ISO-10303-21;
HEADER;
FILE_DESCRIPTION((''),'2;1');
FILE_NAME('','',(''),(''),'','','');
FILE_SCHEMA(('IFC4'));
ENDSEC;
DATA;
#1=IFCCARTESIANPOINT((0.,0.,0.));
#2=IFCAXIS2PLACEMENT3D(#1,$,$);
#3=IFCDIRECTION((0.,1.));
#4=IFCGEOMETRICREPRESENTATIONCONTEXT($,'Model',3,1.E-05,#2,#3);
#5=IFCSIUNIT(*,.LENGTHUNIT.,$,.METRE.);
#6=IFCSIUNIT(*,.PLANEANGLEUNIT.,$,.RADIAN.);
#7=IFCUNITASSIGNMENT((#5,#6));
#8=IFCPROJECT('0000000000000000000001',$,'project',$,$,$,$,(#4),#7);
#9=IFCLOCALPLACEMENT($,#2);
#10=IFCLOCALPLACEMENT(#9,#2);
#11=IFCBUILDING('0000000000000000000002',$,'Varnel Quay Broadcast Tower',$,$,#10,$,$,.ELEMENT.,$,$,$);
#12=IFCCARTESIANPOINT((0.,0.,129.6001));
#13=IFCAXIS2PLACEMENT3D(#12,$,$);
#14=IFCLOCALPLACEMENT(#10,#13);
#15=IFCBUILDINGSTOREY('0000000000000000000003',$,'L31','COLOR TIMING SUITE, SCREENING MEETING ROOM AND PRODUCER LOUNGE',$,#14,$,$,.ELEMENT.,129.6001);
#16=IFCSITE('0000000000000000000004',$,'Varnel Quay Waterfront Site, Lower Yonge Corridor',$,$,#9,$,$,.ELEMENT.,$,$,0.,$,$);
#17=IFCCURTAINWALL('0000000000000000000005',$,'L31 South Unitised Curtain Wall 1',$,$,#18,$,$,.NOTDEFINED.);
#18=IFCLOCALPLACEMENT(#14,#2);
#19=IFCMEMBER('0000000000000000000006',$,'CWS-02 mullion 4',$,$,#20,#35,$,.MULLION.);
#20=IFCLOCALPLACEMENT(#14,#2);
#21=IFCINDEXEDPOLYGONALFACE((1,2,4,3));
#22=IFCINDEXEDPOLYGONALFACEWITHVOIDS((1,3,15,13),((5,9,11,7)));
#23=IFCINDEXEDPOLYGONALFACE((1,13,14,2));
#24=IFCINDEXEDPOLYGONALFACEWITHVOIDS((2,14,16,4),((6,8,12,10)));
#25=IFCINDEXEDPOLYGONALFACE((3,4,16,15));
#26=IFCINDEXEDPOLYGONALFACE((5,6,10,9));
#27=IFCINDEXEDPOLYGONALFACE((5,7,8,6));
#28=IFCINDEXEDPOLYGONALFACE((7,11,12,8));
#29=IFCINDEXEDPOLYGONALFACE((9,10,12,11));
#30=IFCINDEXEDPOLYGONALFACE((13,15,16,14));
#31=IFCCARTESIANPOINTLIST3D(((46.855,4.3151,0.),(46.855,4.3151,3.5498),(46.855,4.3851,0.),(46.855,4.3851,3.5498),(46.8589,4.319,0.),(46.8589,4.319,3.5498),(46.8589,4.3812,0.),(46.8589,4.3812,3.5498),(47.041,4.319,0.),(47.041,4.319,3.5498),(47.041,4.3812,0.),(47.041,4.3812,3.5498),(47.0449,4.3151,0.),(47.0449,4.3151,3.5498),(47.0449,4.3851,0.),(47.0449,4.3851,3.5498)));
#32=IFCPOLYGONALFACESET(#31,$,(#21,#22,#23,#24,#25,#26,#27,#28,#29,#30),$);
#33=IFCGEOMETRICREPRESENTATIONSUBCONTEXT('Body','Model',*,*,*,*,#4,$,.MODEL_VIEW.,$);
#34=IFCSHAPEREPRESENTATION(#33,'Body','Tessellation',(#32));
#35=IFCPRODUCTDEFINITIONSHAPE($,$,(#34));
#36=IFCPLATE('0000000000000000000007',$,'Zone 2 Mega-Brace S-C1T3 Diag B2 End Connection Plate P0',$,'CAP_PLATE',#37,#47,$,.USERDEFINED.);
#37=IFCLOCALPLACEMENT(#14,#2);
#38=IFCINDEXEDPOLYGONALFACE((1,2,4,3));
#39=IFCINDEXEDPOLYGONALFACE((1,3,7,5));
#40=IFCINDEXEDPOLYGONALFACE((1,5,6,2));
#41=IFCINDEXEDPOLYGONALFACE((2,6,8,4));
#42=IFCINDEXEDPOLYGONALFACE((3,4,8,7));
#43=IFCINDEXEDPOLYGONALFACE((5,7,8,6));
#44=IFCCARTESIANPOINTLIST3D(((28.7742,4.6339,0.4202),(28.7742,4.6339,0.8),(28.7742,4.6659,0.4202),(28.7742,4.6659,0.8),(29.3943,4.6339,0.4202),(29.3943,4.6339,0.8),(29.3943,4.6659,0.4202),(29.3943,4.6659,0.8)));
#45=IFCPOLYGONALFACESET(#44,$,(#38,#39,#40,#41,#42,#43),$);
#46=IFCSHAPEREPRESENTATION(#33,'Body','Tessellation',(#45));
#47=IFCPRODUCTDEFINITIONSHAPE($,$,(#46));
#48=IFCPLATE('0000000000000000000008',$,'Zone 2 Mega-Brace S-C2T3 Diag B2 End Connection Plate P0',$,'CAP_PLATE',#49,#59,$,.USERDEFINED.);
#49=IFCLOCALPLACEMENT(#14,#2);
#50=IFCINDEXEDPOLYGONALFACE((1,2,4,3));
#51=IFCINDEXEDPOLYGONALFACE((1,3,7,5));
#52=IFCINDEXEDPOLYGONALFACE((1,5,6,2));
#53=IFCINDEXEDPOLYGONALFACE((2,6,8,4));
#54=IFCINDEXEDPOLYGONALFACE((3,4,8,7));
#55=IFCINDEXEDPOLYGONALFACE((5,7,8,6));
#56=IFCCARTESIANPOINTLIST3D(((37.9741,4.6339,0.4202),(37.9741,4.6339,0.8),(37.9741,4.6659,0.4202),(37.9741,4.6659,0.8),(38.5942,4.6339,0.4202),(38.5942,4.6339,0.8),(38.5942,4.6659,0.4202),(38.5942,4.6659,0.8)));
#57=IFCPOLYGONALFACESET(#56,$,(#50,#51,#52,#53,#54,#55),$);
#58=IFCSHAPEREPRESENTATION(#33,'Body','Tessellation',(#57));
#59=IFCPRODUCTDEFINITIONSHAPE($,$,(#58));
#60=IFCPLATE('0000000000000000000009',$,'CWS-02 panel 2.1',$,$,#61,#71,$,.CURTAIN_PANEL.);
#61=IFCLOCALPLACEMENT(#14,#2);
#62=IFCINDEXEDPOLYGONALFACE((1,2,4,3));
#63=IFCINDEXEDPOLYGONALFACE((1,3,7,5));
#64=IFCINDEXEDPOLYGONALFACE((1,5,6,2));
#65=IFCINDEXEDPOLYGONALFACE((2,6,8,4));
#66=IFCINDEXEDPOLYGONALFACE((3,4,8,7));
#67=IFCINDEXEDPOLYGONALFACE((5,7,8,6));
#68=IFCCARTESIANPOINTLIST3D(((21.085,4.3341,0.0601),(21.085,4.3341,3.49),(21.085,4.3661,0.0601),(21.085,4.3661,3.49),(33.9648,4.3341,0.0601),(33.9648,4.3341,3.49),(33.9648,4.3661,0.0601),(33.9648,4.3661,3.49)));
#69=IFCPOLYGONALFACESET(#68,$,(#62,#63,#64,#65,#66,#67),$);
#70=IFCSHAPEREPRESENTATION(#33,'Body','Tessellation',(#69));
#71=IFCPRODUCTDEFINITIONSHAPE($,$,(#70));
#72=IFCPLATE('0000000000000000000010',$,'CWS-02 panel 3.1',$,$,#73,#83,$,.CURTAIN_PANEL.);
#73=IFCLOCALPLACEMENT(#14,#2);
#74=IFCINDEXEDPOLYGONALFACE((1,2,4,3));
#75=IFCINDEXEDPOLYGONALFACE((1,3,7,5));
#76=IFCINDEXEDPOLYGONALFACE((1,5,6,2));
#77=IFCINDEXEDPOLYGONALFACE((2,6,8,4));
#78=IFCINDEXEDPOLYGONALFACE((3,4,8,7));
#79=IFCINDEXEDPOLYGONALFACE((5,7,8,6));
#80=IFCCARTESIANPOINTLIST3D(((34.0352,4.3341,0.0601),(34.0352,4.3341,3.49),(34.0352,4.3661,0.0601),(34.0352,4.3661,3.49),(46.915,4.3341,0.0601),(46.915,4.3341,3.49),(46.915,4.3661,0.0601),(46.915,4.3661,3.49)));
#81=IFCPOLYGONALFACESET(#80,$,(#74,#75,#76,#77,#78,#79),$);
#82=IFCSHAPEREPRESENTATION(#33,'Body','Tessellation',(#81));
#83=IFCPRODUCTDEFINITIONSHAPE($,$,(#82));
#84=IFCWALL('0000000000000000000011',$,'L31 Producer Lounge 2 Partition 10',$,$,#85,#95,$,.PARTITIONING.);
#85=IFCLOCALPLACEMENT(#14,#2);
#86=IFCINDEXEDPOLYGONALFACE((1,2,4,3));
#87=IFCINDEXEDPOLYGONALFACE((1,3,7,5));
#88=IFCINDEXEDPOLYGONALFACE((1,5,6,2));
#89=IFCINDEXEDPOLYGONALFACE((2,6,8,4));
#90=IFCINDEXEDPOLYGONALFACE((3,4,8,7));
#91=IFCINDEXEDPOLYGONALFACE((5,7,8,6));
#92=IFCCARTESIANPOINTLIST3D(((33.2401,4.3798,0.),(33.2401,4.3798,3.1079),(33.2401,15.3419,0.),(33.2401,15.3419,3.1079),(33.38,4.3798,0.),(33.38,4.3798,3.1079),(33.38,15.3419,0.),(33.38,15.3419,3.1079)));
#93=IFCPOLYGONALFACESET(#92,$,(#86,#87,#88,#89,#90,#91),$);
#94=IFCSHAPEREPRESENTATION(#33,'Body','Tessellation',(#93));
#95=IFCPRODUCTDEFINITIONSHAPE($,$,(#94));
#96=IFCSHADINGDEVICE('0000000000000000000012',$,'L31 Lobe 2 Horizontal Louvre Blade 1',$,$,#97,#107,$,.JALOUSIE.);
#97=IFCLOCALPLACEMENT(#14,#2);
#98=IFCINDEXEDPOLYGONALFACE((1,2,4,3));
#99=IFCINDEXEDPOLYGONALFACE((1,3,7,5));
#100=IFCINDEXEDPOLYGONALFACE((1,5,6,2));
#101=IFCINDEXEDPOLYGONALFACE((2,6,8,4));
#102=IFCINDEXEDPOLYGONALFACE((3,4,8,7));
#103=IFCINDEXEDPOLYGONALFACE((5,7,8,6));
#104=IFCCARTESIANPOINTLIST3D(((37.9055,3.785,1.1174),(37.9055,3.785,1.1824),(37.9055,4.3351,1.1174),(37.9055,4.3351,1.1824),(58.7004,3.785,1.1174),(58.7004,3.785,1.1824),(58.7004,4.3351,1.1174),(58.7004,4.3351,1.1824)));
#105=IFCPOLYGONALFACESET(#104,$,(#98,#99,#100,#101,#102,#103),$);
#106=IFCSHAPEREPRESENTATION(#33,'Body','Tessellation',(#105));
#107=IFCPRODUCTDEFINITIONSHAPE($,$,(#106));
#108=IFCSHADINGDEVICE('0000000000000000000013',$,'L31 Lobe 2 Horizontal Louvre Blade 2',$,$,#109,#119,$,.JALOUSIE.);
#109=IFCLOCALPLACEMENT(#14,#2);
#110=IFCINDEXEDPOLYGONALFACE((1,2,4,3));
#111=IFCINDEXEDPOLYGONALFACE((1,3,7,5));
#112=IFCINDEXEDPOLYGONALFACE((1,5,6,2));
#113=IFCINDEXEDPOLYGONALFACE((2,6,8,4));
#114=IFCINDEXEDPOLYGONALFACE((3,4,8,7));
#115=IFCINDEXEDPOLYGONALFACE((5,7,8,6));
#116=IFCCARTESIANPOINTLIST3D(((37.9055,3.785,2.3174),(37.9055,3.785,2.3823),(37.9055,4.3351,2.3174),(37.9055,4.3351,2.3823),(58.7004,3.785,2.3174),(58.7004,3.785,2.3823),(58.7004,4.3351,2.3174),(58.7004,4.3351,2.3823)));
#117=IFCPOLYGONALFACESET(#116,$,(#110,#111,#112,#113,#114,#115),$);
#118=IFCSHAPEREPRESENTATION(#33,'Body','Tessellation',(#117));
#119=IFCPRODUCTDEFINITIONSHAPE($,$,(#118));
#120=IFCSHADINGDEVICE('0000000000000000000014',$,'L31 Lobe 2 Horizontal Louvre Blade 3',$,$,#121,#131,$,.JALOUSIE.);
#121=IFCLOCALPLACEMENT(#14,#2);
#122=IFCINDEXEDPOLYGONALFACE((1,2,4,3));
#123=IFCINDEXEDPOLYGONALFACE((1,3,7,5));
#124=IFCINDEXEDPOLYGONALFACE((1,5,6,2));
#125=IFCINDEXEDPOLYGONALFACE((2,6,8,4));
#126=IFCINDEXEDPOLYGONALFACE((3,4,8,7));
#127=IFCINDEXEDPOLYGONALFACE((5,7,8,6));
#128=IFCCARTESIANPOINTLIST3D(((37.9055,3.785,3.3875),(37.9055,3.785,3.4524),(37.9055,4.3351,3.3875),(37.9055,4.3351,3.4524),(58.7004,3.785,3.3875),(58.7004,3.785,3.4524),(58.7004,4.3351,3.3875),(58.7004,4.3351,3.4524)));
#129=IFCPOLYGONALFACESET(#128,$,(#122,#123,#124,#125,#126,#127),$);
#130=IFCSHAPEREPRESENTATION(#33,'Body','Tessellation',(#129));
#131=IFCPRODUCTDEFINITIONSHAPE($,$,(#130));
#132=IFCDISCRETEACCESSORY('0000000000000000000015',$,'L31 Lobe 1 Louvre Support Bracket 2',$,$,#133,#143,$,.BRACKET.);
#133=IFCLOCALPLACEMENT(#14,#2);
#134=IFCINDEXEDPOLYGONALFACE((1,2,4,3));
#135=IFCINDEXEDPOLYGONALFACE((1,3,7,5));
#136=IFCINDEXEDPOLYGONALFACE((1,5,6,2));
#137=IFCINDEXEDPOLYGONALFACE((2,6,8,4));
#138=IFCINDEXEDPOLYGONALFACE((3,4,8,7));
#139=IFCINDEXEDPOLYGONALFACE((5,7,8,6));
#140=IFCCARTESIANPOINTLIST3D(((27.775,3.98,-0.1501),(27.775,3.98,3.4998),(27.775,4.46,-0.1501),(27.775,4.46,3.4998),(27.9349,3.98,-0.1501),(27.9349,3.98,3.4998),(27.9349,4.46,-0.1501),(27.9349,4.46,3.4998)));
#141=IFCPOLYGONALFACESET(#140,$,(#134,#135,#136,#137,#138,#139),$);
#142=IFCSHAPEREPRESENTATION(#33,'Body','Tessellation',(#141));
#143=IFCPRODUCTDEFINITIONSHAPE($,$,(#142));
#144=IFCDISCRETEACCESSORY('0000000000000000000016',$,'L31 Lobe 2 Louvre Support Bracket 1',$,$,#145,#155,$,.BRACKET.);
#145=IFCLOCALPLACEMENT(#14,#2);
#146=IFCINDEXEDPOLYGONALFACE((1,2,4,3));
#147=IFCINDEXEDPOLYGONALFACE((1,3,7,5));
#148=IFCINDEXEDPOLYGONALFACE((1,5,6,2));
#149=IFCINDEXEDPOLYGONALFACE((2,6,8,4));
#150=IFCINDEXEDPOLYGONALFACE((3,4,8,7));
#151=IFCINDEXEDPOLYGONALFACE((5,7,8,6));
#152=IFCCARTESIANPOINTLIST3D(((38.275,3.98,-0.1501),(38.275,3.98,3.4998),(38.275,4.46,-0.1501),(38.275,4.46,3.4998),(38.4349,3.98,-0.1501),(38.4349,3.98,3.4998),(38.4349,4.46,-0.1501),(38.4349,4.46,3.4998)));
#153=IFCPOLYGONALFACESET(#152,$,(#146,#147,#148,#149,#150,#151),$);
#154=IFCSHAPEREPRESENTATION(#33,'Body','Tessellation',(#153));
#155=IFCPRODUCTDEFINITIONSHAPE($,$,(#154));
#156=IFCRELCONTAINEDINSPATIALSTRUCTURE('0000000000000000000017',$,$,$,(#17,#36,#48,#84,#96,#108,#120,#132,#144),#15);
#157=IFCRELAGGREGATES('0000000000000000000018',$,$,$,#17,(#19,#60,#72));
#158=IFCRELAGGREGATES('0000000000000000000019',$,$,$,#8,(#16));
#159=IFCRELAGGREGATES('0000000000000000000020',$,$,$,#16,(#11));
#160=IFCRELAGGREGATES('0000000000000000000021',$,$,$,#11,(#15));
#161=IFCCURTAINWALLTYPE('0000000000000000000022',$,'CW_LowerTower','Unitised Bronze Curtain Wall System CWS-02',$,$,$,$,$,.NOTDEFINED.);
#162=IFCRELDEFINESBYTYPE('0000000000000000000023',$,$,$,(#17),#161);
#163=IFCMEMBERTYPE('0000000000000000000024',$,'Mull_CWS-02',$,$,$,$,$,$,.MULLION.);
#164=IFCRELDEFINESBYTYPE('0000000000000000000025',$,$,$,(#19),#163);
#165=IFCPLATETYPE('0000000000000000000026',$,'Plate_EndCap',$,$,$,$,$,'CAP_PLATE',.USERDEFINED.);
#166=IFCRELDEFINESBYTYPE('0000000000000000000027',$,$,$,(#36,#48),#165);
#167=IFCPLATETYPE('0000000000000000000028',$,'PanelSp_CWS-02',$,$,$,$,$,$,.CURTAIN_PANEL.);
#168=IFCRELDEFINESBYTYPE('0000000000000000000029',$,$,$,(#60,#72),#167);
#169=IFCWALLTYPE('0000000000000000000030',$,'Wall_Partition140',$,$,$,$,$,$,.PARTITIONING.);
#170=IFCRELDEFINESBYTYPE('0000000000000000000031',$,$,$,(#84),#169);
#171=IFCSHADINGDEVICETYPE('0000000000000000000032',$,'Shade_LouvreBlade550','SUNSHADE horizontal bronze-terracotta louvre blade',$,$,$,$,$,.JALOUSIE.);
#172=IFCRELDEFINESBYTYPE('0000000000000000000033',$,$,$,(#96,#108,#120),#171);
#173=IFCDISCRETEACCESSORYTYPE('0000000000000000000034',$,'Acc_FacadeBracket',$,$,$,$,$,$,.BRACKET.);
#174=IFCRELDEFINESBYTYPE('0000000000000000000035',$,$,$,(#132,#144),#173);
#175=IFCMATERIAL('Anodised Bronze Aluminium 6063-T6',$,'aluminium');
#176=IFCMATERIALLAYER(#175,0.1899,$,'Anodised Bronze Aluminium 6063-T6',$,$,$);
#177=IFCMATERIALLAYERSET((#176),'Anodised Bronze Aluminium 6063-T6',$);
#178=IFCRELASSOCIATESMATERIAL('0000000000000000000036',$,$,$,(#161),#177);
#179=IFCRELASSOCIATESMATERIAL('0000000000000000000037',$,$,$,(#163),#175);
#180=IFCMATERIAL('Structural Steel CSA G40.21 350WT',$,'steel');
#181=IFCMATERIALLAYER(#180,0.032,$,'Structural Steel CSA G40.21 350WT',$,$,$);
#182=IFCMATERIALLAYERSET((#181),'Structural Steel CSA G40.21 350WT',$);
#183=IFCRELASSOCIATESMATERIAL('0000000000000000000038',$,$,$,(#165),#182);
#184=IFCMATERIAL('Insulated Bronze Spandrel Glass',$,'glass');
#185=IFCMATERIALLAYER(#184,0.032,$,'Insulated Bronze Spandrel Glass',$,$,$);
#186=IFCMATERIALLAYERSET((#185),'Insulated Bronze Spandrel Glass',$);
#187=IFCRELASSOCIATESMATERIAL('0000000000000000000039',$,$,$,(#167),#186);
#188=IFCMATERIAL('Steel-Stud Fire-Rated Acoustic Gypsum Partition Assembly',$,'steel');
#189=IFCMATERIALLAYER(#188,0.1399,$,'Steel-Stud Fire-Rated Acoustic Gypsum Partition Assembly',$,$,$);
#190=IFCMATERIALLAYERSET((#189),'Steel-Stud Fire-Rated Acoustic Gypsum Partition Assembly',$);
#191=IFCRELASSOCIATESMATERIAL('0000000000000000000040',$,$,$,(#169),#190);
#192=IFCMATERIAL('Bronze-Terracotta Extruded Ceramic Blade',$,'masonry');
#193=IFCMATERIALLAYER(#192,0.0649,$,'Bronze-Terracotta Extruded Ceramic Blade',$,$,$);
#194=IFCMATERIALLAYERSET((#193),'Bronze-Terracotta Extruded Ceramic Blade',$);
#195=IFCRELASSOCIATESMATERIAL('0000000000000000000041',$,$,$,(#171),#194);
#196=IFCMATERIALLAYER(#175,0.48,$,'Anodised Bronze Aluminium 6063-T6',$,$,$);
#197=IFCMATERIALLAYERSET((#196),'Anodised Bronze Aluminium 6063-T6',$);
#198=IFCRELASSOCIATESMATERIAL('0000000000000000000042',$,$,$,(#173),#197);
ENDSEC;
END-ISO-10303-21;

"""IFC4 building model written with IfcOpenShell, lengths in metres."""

from ifc_helpers import new_model, si_unit, direction, frame, frame_2d, origin, origin_2d, place, context, subcontext, project, spatial, rectangle, hollow_rectangle, extrude, source, transform, mapped, material, layer, layer_set, material_profile, profile_set, type_object, type_shapes, element, aggregate, save


model = new_model("IFC4")

# Units and contexts
model_context = context("Model", 3, precision=1e-05, world=origin(), true_north=direction((0.0, 1.0)))
body_context = subcontext(model_context, "Body", "Model", "MODEL_VIEW")
ifc_project = project(units=[si_unit("LENGTHUNIT", "METRE"), si_unit("PLANEANGLEUNIT", "RADIAN")], contexts=[model_context])

# Site, building, storey
site_placement = place(None, origin())
site = spatial("IfcSite", under=ifc_project, at=site_placement, Name="Varnel Quay Waterfront Site, Lower Yonge Corridor", CompositionType="ELEMENT", RefElevation=0.0)
building_placement = place(site_placement, origin())
building = spatial("IfcBuilding", under=site, at=building_placement, Name="Varnel Quay Broadcast Tower", CompositionType="ELEMENT")
storey_placement = place(building_placement, frame((0.0, 0.0, 129.6001)))
storey = spatial("IfcBuildingStorey", under=building, at=storey_placement, Name="L31", Description="COLOR TIMING SUITE, SCREENING MEETING ROOM AND PRODUCER LOUNGE", CompositionType="ELEMENT", Elevation=129.6001)

# Curtain wall, member
ifc_material_1 = material(Name="Anodised Bronze Aluminium 6063-T6", Category="aluminium")
ifc_layer_1 = layer(ifc_material_1, 0.1899, Name="Anodised Bronze Aluminium 6063-T6")
ifc_layer_set_1 = layer_set([ifc_layer_1], Name="Anodised Bronze Aluminium 6063-T6")
curtain_wall_type = type_object("IfcCurtainWallType", Name="CW_LowerTower", Description="Unitised Bronze Curtain Wall System CWS-02", PredefinedType="NOTDEFINED", material=ifc_layer_set_1)
curtain_wall_placement = place(storey_placement, origin())
curtain_wall = element("IfcCurtainWall", 1, at=curtain_wall_placement, inside=storey, type_object=curtain_wall_type, Name="L31 South Unitised Curtain Wall 1", PredefinedType="NOTDEFINED")
ifc_material_profile_1 = material_profile(ifc_material_1, hollow_rectangle(XDim=0.0701, YDim=0.1899, WallThickness=0.0039, at=origin_2d()), Name="ALU70X190X4")
ifc_profile_set_1 = profile_set([ifc_material_profile_1], Name="Anodised Bronze Aluminium 6063-T6")
member_type_1 = type_object("IfcMemberType", Name="Mull_CWS-02", PredefinedType="MULLION", material=ifc_profile_set_1)
shared_shape_1 = source(origin(), body_context, "Body", "SweptSolid", [
    extrude(hollow_rectangle(XDim=0.0701, YDim=0.1899, WallThickness=0.0039, at=origin_2d()), origin(), (0.0, 0.0, 1.0), 3.5498),
])
type_shapes(member_type_1, [shared_shape_1])
member_1_placement = place(storey_placement, frame((46.95, 4.3501, 0.0), z_axis=(0.0, 0.0, 1.0), x_axis=(0.0, 1.0, 0.0)))
member_1 = element("IfcMember", 2, at=member_1_placement, type_object=member_type_1, Name="CWS-02 mullion 4", PredefinedType="MULLION", context=body_context, shape_type="MappedRepresentation", body=[
    mapped(shared_shape_1, transform((0.0, 0.0, 0.0), x_axis=(1.0, 0.0, 0.0), y_axis=(0.0, 1.0, 0.0), z_axis=(0.0, 0.0, 1.0), scale=1.0)),
])

# Plates
ifc_material_2 = material(Name="Structural Steel CSA G40.21 350WT", Category="steel")
ifc_layer_2 = layer(ifc_material_2, 0.032, Name="Structural Steel CSA G40.21 350WT")
ifc_layer_set_2 = layer_set([ifc_layer_2], Name="Structural Steel CSA G40.21 350WT")
plate_type_1 = type_object("IfcPlateType", Name="Plate_EndCap", ElementType="CAP_PLATE", PredefinedType="USERDEFINED", material=ifc_layer_set_2)
shared_shape_2 = source(origin(), body_context, "Body", "SweptSolid", [
    extrude(rectangle(XDim=0.6201, YDim=0.032, at=origin_2d()), origin(), (0.0, 0.0, 1.0), 0.3799),
])
type_shapes(plate_type_1, [shared_shape_2])
for number, where, z_axis, x_axis, name in (
    (3, (29.0842, 4.6499, 0.4202), (0.0, 0.0, 1.0), (1.0, 0.0, 0.0), "Zone 2 Mega-Brace S-C1T3 Diag B2 End Connection Plate P0"),
    (4, (38.2842, 4.6499, 0.4202), (0.0, 0.0, 1.0), (1.0, 0.0, 0.0), "Zone 2 Mega-Brace S-C2T3 Diag B2 End Connection Plate P0"),
):
    element("IfcPlate", number, at=place(storey_placement, frame(where, z_axis=z_axis, x_axis=x_axis)), inside=storey, type_object=plate_type_1, Name=name, ObjectType="CAP_PLATE", PredefinedType="USERDEFINED", context=body_context, shape_type="MappedRepresentation", body=[
        mapped(shared_shape_2, transform((0.0, 0.0, 0.0), x_axis=(1.0, 0.0, 0.0), y_axis=(0.0, 1.0, 0.0), z_axis=(0.0, 0.0, 1.0), scale=1.0)),
    ])

# Plates
ifc_material_3 = material(Name="Insulated Bronze Spandrel Glass", Category="glass")
ifc_layer_3 = layer(ifc_material_3, 0.032, Name="Insulated Bronze Spandrel Glass")
ifc_layer_set_3 = layer_set([ifc_layer_3], Name="Insulated Bronze Spandrel Glass")
plate_type_2 = type_object("IfcPlateType", Name="PanelSp_CWS-02", PredefinedType="CURTAIN_PANEL", material=ifc_layer_set_3)
shared_shape_3 = source(origin(), body_context, "Body", "SweptSolid", [
    extrude(rectangle(XDim=12.8799, YDim=0.032, at=origin_2d()), origin(), (0.0, 0.0, 1.0), 3.4299),
])
type_shapes(plate_type_2, [shared_shape_3])
plate_1_placement = place(storey_placement, frame((27.5249, 4.3501, 0.0601), z_axis=(0.0, 0.0, 1.0), x_axis=(1.0, 0.0, 0.0)))
plate_1 = element("IfcPlate", 5, at=plate_1_placement, type_object=plate_type_2, Name="CWS-02 panel 2.1", PredefinedType="CURTAIN_PANEL", context=body_context, shape_type="MappedRepresentation", body=[
    mapped(shared_shape_3, transform((0.0, 0.0, 0.0), x_axis=(1.0, 0.0, 0.0), y_axis=(0.0, 1.0, 0.0), z_axis=(0.0, 0.0, 1.0), scale=1.0)),
])
plate_2_placement = place(storey_placement, frame((40.4751, 4.3501, 0.0601), z_axis=(0.0, 0.0, 1.0), x_axis=(1.0, 0.0, 0.0)))
plate_2 = element("IfcPlate", 6, at=plate_2_placement, type_object=plate_type_2, Name="CWS-02 panel 3.1", PredefinedType="CURTAIN_PANEL", context=body_context, shape_type="MappedRepresentation", body=[
    mapped(shared_shape_3, transform((0.0, 0.0, 0.0), x_axis=(1.0, 0.0, 0.0), y_axis=(0.0, 1.0, 0.0), z_axis=(0.0, 0.0, 1.0), scale=1.0)),
])
aggregate(curtain_wall, [member_1, plate_1, plate_2])

# Wall
ifc_material_4 = material(Name="Steel-Stud Fire-Rated Acoustic Gypsum Partition Assembly", Category="steel")
ifc_layer_4 = layer(ifc_material_4, 0.1399, Name="Steel-Stud Fire-Rated Acoustic Gypsum Partition Assembly")
ifc_layer_set_4 = layer_set([ifc_layer_4], Name="Steel-Stud Fire-Rated Acoustic Gypsum Partition Assembly")
wall_type = type_object("IfcWallType", Name="Wall_Partition140", PredefinedType="PARTITIONING", material=ifc_layer_set_4)
wall_placement = place(storey_placement, frame((33.3101, 4.3799, 0.0), z_axis=(0.0, 0.0, 1.0), x_axis=(0.0, 1.0, 0.0)))
element("IfcWall", 7, at=wall_placement, inside=storey, type_object=wall_type, Name="L31 Producer Lounge 2 Partition 10", PredefinedType="PARTITIONING", context=body_context, shape_type="SweptSolid", body=[
    extrude(rectangle(XDim=10.9622, YDim=0.1399, at=frame_2d((5.481, 0.0))), origin(), (0.0, 0.0, 1.0), 3.1079),
])

# Shading devices
ifc_material_5 = material(Name="Bronze-Terracotta Extruded Ceramic Blade", Category="masonry")
ifc_layer_5 = layer(ifc_material_5, 0.0649, Name="Bronze-Terracotta Extruded Ceramic Blade")
ifc_layer_set_5 = layer_set([ifc_layer_5], Name="Bronze-Terracotta Extruded Ceramic Blade")
shading_device_type = type_object("IfcShadingDeviceType", Name="Shade_LouvreBlade550", Description="SUNSHADE horizontal bronze-terracotta louvre blade", PredefinedType="JALOUSIE", material=ifc_layer_set_5)
shared_shape_4 = source(origin(), body_context, "Body", "SweptSolid", [
    extrude(rectangle(XDim=20.7949, YDim=0.55, at=origin_2d()), origin(), (0.0, 0.0, 1.0), 0.0649),
])
type_shapes(shading_device_type, [shared_shape_4])
for number, where, z_axis, x_axis, name in (
    (8, (48.303, 4.0601, 1.1174), (0.0, 0.0, 1.0), (1.0, 0.0, 0.0), "L31 Lobe 2 Horizontal Louvre Blade 1"),
    (9, (48.303, 4.0601, 2.3174), (0.0, 0.0, 1.0), (1.0, 0.0, 0.0), "L31 Lobe 2 Horizontal Louvre Blade 2"),
    (10, (48.303, 4.0601, 3.3875), (0.0, 0.0, 1.0), (1.0, 0.0, 0.0), "L31 Lobe 2 Horizontal Louvre Blade 3"),
):
    element("IfcShadingDevice", number, at=place(storey_placement, frame(where, z_axis=z_axis, x_axis=x_axis)), inside=storey, type_object=shading_device_type, Name=name, PredefinedType="JALOUSIE", context=body_context, shape_type="MappedRepresentation", body=[
        mapped(shared_shape_4, transform((0.0, 0.0, 0.0), x_axis=(1.0, 0.0, 0.0), y_axis=(0.0, 1.0, 0.0), z_axis=(0.0, 0.0, 1.0), scale=1.0)),
    ])

# Discrete accessories
ifc_layer_6 = layer(ifc_material_1, 0.48, Name="Anodised Bronze Aluminium 6063-T6")
ifc_layer_set_6 = layer_set([ifc_layer_6], Name="Anodised Bronze Aluminium 6063-T6")
discrete_accessory_type = type_object("IfcDiscreteAccessoryType", Name="Acc_FacadeBracket", PredefinedType="BRACKET", material=ifc_layer_set_6)
shared_shape_5 = source(origin(), body_context, "Body", "SweptSolid", [
    extrude(rectangle(XDim=0.1599, YDim=0.48, at=origin_2d()), origin(), (0.0, 0.0, 1.0), 3.6499),
])
type_shapes(discrete_accessory_type, [shared_shape_5])
for number, where, z_axis, x_axis, name in (
    (11, (27.855, 4.22, -0.1501), (0.0, 0.0, 1.0), (1.0, 0.0, 0.0), "L31 Lobe 1 Louvre Support Bracket 2"),
    (12, (38.355, 4.22, -0.1501), (0.0, 0.0, 1.0), (1.0, 0.0, 0.0), "L31 Lobe 2 Louvre Support Bracket 1"),
):
    element("IfcDiscreteAccessory", number, at=place(storey_placement, frame(where, z_axis=z_axis, x_axis=x_axis)), inside=storey, type_object=discrete_accessory_type, Name=name, PredefinedType="BRACKET", context=body_context, shape_type="MappedRepresentation", body=[
        mapped(shared_shape_5, transform((0.0, 0.0, 0.0), x_axis=(1.0, 0.0, 0.0), y_axis=(0.0, 1.0, 0.0), z_axis=(0.0, 0.0, 1.0), scale=1.0)),
    ])

save(model, "model.ifc")
